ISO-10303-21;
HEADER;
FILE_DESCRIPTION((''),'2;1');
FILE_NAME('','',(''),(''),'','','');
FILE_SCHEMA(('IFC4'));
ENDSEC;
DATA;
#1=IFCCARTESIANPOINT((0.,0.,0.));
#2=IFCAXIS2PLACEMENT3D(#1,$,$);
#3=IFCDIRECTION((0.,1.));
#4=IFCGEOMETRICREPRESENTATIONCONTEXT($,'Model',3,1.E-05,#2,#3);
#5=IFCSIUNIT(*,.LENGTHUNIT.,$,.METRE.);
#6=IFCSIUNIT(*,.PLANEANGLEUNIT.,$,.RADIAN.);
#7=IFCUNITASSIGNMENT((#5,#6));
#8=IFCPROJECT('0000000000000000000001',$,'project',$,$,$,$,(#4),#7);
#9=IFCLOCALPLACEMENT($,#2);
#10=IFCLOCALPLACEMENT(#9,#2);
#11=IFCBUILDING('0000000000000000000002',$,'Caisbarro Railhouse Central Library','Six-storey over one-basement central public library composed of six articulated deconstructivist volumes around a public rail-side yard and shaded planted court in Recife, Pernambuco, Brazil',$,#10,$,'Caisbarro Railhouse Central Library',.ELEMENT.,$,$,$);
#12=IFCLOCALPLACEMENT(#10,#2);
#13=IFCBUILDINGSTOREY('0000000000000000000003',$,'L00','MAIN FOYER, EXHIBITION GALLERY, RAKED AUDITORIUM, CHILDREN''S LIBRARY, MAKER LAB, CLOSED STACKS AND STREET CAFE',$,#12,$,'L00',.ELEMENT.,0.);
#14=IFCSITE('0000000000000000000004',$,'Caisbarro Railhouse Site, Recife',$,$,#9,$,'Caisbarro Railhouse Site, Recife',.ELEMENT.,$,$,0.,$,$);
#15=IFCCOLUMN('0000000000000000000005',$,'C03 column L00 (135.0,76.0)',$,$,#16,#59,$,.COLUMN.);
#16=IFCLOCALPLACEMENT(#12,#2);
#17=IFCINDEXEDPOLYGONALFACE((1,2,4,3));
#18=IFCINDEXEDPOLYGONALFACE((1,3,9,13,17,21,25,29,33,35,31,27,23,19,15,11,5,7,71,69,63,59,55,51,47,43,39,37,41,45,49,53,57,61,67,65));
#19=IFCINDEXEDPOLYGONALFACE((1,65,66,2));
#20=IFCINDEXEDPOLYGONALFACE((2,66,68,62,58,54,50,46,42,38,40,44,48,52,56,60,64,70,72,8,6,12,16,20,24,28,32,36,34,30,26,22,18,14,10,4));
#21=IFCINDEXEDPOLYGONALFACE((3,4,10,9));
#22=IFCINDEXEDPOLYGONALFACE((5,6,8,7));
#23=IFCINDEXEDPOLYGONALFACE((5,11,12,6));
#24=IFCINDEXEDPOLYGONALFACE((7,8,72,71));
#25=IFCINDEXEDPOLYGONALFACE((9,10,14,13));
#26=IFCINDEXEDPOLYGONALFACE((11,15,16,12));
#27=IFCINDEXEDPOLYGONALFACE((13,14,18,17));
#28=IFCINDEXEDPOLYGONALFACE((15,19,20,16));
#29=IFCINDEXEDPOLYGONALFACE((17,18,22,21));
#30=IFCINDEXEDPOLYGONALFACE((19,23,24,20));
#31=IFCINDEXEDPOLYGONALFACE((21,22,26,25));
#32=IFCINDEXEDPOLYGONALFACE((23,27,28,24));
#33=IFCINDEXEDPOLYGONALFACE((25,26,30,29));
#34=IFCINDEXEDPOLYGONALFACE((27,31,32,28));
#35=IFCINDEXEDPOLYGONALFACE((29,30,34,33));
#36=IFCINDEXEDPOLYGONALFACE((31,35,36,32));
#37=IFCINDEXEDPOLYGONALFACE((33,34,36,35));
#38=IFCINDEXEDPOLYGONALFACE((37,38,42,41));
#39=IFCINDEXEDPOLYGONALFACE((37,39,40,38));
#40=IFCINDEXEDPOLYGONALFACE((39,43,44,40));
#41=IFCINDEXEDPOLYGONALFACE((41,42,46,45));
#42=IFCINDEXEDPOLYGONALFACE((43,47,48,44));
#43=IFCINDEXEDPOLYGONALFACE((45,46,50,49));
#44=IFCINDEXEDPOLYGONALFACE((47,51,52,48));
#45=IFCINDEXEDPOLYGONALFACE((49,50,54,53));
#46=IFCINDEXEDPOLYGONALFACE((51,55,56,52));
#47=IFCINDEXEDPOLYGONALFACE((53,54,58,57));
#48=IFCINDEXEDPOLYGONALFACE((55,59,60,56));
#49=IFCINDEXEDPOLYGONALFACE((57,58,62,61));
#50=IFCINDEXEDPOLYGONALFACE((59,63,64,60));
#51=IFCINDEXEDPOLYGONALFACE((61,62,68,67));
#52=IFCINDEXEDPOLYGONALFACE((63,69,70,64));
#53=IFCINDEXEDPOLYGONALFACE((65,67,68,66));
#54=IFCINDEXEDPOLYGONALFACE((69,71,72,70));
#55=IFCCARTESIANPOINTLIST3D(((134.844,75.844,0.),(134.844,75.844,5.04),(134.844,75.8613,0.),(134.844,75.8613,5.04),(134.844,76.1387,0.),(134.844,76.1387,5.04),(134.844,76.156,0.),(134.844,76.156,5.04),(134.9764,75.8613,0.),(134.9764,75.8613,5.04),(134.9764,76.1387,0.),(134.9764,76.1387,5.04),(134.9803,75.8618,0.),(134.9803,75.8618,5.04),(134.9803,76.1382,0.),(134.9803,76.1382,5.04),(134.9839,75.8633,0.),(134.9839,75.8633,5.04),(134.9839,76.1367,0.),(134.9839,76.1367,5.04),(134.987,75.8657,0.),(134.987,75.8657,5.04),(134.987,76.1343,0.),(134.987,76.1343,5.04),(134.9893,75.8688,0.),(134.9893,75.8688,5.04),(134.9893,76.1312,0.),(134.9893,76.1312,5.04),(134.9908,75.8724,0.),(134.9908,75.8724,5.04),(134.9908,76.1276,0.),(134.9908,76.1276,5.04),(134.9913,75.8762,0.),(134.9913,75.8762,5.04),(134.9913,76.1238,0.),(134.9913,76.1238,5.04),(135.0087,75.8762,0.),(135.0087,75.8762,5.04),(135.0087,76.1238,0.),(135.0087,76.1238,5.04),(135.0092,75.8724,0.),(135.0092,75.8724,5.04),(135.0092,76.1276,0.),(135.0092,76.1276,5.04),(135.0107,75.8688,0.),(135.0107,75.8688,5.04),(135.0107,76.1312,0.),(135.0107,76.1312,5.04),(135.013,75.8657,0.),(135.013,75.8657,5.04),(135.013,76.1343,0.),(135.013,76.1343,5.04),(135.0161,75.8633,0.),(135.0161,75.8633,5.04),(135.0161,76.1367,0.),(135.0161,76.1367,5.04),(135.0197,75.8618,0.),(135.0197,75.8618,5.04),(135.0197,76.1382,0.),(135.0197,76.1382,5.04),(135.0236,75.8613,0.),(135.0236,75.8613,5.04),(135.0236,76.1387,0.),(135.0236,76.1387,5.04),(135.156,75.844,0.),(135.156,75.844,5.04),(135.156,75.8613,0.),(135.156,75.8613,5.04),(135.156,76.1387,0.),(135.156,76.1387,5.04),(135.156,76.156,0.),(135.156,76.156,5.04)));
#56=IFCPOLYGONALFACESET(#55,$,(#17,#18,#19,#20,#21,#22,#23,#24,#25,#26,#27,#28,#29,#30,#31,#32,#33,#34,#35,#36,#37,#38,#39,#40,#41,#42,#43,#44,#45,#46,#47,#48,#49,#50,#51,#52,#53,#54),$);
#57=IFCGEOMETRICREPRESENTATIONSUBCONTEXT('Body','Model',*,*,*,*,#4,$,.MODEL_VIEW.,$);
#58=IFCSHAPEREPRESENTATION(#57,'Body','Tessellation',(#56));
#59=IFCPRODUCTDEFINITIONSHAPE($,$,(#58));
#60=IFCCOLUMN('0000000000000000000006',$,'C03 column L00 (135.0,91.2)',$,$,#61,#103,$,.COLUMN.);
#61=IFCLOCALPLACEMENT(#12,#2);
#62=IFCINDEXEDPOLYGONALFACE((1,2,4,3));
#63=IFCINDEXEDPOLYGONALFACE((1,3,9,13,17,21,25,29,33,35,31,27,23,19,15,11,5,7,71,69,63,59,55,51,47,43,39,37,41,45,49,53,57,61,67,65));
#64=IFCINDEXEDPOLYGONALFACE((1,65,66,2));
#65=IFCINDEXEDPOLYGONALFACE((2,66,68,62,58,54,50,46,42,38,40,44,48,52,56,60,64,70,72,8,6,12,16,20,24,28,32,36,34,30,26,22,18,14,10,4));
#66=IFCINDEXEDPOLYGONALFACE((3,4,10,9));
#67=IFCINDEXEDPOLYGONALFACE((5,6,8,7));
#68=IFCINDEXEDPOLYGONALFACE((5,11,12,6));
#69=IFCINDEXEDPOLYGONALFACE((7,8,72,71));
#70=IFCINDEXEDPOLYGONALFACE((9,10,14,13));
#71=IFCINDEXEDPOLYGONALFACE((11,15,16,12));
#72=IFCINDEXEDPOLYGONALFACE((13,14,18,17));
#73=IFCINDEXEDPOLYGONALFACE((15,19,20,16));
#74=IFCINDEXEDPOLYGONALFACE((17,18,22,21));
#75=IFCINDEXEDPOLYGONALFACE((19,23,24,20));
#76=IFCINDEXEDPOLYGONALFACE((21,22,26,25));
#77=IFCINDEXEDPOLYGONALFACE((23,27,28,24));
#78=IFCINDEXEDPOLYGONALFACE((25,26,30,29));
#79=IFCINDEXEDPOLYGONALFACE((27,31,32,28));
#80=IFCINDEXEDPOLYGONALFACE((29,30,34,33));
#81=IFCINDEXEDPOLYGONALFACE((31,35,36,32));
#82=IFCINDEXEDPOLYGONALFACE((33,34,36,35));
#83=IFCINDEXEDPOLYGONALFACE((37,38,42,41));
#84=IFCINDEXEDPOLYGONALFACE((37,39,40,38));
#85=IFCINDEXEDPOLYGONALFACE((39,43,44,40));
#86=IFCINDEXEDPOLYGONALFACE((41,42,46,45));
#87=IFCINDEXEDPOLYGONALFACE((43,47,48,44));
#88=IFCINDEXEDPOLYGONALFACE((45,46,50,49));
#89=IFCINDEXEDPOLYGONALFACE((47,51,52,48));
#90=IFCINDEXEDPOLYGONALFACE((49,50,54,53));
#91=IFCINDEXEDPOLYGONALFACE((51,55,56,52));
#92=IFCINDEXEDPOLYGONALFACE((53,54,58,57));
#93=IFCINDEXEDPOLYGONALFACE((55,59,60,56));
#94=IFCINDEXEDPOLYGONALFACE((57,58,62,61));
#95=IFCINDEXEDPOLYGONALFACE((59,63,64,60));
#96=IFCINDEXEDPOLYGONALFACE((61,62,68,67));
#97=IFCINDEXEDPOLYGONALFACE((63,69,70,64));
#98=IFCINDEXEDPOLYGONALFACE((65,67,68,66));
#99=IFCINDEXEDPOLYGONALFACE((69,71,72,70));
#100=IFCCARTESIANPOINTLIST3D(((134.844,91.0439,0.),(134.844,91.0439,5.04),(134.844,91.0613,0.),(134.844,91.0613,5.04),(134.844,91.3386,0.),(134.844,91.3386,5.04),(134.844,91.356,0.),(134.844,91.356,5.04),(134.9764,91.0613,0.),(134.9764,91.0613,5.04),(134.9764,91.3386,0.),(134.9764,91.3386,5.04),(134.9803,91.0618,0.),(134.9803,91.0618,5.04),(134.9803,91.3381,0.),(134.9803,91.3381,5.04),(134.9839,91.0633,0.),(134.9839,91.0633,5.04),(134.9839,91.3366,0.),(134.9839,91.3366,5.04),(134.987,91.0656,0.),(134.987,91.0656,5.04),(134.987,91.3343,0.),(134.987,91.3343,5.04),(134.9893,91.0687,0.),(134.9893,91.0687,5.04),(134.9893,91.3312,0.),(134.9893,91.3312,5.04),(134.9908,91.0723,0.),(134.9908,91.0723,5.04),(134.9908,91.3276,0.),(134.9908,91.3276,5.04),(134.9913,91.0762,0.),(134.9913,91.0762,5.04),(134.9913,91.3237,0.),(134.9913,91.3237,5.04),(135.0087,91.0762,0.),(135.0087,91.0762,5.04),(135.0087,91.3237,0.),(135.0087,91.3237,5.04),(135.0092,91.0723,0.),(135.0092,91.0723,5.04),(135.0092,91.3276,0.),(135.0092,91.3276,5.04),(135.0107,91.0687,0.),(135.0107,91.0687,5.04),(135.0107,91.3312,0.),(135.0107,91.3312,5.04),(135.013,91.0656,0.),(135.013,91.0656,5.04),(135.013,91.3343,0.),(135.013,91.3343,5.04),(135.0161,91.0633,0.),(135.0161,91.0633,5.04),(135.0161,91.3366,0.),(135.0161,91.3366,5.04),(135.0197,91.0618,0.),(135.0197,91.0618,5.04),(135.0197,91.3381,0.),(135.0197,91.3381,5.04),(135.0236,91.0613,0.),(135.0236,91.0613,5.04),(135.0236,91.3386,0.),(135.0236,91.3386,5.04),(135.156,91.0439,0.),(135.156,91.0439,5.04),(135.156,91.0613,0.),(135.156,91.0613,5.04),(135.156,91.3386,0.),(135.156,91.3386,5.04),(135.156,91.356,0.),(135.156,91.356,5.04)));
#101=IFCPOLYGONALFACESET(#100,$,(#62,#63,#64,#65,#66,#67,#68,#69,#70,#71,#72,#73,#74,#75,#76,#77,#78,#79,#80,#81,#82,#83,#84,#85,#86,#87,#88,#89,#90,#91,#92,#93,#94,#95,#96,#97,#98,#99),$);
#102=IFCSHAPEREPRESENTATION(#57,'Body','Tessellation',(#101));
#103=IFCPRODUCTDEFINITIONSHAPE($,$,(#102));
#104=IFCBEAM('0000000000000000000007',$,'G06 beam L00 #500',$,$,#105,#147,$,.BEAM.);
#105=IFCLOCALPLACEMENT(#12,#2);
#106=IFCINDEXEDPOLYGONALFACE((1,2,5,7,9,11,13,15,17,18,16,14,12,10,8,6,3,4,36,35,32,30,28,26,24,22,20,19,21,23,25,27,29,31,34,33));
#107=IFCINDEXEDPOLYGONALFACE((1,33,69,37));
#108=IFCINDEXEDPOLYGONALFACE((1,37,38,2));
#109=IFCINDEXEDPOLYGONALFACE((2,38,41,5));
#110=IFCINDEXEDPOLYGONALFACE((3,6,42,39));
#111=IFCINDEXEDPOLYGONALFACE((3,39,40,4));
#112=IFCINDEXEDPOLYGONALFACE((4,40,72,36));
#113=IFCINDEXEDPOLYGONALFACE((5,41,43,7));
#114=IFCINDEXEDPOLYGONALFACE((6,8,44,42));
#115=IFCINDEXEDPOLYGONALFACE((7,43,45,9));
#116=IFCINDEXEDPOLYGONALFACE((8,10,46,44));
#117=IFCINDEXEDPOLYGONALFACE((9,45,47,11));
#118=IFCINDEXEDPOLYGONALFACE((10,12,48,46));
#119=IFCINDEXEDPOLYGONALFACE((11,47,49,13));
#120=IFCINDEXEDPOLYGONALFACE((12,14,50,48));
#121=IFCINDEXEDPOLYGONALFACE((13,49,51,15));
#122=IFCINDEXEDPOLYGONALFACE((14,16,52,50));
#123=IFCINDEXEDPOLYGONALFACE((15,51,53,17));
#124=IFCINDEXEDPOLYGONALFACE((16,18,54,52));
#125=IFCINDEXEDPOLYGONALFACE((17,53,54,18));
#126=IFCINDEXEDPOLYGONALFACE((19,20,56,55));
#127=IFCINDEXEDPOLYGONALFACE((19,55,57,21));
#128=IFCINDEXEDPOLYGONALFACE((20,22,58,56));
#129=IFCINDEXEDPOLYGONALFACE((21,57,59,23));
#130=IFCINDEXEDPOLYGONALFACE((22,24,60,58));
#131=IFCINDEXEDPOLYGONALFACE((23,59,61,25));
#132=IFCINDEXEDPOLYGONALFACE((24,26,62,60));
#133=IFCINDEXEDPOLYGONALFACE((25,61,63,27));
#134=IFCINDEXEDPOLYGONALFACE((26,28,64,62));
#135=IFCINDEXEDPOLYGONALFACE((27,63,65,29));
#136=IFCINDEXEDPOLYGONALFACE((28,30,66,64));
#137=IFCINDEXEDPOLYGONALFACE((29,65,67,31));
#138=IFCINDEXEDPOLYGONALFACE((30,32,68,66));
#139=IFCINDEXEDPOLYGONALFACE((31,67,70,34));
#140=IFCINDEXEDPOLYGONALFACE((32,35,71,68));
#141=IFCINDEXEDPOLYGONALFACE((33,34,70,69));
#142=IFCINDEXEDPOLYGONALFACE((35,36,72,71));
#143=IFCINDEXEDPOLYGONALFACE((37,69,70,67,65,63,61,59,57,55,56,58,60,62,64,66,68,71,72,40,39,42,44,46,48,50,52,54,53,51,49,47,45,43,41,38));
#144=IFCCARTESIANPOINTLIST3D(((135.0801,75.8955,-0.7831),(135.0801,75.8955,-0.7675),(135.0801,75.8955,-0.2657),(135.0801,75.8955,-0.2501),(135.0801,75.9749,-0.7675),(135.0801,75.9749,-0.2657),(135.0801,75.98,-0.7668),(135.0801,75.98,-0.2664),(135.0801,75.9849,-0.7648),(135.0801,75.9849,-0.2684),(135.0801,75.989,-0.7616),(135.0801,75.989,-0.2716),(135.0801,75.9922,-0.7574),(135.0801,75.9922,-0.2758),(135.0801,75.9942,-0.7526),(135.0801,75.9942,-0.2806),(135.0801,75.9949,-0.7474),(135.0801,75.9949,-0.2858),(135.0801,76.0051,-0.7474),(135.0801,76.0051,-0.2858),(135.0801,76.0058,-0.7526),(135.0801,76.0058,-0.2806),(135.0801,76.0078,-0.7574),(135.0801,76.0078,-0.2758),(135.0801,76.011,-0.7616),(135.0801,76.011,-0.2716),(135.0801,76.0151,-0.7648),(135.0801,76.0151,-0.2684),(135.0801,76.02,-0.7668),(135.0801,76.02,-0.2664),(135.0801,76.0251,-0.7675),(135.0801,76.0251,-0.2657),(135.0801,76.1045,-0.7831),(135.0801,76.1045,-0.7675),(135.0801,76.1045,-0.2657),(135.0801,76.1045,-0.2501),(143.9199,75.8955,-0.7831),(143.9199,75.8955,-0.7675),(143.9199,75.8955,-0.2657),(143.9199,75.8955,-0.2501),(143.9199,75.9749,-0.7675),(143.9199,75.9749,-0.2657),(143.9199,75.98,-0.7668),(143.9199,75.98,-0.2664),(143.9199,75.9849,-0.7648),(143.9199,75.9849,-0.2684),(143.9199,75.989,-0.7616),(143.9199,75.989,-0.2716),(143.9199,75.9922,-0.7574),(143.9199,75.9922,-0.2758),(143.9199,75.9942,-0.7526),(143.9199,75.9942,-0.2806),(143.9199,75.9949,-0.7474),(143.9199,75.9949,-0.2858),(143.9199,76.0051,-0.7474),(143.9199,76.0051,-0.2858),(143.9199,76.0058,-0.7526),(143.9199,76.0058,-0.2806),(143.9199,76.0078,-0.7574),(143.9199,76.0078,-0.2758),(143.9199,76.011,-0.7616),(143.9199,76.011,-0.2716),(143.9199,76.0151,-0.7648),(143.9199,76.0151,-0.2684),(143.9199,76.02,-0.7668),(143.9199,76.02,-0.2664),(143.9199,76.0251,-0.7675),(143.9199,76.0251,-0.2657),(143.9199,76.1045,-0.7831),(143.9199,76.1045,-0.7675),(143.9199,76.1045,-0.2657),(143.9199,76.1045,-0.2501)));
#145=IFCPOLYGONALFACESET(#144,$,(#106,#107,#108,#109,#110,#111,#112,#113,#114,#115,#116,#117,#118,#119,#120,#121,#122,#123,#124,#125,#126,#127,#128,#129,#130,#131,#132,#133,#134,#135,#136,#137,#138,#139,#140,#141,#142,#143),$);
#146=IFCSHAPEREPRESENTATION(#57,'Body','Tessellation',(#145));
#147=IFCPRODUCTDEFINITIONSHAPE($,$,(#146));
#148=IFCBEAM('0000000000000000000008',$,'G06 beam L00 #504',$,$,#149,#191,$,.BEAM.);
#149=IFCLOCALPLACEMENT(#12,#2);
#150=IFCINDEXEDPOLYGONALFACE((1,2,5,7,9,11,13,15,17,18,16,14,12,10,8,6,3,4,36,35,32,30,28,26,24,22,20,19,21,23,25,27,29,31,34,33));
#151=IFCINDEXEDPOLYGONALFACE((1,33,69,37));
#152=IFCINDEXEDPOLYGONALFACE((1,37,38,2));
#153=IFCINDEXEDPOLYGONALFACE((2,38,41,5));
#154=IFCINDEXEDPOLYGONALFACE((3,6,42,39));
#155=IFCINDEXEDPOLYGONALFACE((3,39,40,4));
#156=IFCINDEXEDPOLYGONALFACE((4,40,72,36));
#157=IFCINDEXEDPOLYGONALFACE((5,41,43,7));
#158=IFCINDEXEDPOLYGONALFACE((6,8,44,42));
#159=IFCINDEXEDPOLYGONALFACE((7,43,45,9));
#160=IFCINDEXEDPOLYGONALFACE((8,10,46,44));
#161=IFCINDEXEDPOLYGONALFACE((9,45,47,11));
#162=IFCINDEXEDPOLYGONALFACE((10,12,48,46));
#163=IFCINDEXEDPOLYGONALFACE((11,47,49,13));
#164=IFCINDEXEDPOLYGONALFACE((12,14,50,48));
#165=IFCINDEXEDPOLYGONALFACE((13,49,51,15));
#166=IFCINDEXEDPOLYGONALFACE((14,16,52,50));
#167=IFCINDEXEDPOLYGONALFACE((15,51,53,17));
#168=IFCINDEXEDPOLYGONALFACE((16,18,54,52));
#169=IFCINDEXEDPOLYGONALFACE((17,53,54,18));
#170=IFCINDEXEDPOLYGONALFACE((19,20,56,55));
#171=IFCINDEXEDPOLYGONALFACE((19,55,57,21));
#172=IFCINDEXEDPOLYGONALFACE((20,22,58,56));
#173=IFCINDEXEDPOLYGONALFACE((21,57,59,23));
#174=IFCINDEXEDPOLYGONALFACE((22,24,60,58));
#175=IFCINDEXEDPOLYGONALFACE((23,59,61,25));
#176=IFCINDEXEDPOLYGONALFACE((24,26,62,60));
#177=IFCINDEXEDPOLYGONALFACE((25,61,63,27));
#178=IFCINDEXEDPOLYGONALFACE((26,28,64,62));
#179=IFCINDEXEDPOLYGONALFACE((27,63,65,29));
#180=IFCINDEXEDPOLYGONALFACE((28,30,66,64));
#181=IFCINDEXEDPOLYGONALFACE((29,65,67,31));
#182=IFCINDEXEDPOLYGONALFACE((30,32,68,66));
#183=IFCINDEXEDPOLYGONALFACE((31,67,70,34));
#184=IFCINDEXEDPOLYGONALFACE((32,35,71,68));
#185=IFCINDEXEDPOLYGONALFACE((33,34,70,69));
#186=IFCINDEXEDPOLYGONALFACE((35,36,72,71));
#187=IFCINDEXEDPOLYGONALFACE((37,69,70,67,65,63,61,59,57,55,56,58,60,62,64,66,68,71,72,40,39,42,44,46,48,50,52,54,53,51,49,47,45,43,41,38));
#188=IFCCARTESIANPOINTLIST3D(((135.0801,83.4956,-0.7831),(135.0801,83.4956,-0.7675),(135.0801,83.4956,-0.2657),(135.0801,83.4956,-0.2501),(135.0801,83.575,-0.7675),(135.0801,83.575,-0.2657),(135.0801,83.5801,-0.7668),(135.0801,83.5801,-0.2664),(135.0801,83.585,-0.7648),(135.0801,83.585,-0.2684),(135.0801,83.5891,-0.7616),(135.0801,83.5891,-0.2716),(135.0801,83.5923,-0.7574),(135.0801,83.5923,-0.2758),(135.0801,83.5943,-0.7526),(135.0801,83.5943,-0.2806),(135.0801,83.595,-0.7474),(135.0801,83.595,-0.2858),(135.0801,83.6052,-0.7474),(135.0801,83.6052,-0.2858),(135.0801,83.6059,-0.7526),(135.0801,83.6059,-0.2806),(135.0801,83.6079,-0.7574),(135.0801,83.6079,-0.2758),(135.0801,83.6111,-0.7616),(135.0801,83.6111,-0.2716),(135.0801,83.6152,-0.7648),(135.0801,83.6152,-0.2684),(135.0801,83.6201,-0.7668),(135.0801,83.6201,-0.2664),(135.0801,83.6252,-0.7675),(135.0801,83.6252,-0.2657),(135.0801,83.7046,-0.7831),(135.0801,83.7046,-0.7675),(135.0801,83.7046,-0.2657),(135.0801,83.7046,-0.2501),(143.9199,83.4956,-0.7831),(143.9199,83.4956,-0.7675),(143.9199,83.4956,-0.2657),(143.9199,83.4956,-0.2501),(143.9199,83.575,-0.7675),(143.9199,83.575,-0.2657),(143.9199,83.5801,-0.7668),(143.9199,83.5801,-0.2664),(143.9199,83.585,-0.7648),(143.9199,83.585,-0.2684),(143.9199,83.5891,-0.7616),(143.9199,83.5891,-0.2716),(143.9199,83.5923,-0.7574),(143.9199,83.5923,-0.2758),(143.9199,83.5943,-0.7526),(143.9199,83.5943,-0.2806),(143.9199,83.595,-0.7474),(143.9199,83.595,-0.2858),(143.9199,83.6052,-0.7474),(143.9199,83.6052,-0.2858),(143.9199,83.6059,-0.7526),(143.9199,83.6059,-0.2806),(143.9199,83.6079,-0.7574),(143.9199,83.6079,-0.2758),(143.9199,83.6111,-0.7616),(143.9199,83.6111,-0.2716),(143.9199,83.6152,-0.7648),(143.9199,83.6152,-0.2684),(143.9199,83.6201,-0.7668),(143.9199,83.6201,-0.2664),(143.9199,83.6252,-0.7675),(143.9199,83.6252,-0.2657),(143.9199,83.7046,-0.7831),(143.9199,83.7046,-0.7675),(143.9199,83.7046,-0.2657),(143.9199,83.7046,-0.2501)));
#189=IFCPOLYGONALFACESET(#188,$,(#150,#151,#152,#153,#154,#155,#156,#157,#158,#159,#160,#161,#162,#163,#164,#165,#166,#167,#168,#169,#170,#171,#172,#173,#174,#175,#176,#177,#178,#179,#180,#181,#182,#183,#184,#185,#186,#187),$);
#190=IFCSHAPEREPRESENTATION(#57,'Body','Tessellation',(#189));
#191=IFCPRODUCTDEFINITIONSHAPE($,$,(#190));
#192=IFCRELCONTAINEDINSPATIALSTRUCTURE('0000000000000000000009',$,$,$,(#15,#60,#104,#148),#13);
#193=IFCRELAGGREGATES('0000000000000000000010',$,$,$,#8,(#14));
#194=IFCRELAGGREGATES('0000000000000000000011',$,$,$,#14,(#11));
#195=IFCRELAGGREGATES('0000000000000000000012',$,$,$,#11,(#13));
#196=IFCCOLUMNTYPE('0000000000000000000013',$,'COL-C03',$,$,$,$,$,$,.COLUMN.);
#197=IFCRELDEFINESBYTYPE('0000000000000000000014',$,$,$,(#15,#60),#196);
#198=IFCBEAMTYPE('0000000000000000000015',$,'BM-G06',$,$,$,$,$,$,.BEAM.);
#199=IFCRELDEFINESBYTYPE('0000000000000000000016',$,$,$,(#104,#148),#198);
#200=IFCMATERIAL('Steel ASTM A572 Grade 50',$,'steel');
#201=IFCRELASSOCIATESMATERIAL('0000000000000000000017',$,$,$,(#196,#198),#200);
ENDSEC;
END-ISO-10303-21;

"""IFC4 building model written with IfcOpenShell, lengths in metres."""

from ifc_helpers import new_model, si_unit, direction, frame, origin, origin_2d, place, context, subcontext, project, spatial, i_section, extrude, material, material_profile, profile_set, type_object, element, save


model = new_model("IFC4")

# Units and contexts
model_context = context("Model", 3, precision=1e-05, world=origin(), true_north=direction((0.0, 1.0)))
body_context = subcontext(model_context, "Body", "Model", "MODEL_VIEW")
ifc_project = project(units=[si_unit("LENGTHUNIT", "METRE"), si_unit("PLANEANGLEUNIT", "RADIAN")], contexts=[model_context])

# Site, building, storey
site_placement = place(None, origin())
site = spatial("IfcSite", under=ifc_project, at=site_placement, Name="Caisbarro Railhouse Site, Recife", LongName="Caisbarro Railhouse Site, Recife", CompositionType="ELEMENT", RefElevation=0.0)
building_placement = place(site_placement, origin())
building = spatial("IfcBuilding", under=site, at=building_placement, Name="Caisbarro Railhouse Central Library", Description="Six-storey over one-basement central public library composed of six articulated deconstructivist volumes around a public rail-side yard and shaded planted court in Recife, Pernambuco, Brazil", LongName="Caisbarro Railhouse Central Library", CompositionType="ELEMENT")
storey_placement = place(building_placement, origin())
storey = spatial("IfcBuildingStorey", under=building, at=storey_placement, Name="L00", Description="MAIN FOYER, EXHIBITION GALLERY, RAKED AUDITORIUM, CHILDREN'S LIBRARY, MAKER LAB, CLOSED STACKS AND STREET CAFE", LongName="L00", CompositionType="ELEMENT", Elevation=0.0)

# Columns
ifc_material_1 = material(Name="Steel ASTM A572 Grade 50", Category="steel")
ifc_material_profile_1 = material_profile(ifc_material_1, i_section(OverallWidth=0.312, OverallDepth=0.312, WebThickness=0.0173, FlangeThickness=0.0173, FilletRadius=0.0149, at=origin_2d()), Name="HP310X125.0")
ifc_profile_set_1 = profile_set([ifc_material_profile_1], Name="Steel ASTM A572 Grade 50")
column_type = type_object("IfcColumnType", Name="COL-C03", PredefinedType="COLUMN", material=ifc_profile_set_1)
for number, where, z_axis, x_axis, name in (
    (1, (135.0, 76.0, 0.0), (0.0, 0.0, 1.0), (1.0, 0.0, 0.0), "C03 column L00 (135.0,76.0)"),
    (2, (135.0, 91.2, 0.0), (0.0, 0.0, 1.0), (1.0, 0.0, 0.0), "C03 column L00 (135.0,91.2)"),
):
    element("IfcColumn", number, at=place(storey_placement, frame(where, z_axis=z_axis, x_axis=x_axis)), inside=storey, type_object=column_type, Name=name, PredefinedType="COLUMN", context=body_context, shape_type="SweptSolid", body=[
        extrude(i_section(OverallWidth=0.312, OverallDepth=0.312, WebThickness=0.0173, FlangeThickness=0.0173, FilletRadius=0.0149, at=origin_2d()), origin(), (0.0, 0.0, 1.0), 5.04),
    ])

# Beams
ifc_material_profile_2 = material_profile(ifc_material_1, i_section(OverallWidth=0.209, OverallDepth=0.533, WebThickness=0.0103, FlangeThickness=0.0156, FilletRadius=0.02, at=origin_2d()), Name="W530X92.0")
ifc_profile_set_2 = profile_set([ifc_material_profile_2], Name="Steel ASTM A572 Grade 50")
beam_type_1 = type_object("IfcBeamType", Name="BM-G06", PredefinedType="BEAM", material=ifc_profile_set_2)
for number, where, z_axis, x_axis, name in (
    (3, (135.0801, 76.0, -0.5166), (1.0, 0.0, 0.0), (0.0, 1.0, 0.0), "G06 beam L00 #500"),
    (4, (135.0801, 83.6001, -0.5166), (1.0, 0.0, 0.0), (0.0, 1.0, 0.0), "G06 beam L00 #504"),
):
    element("IfcBeam", number, at=place(storey_placement, frame(where, z_axis=z_axis, x_axis=x_axis)), inside=storey, type_object=beam_type_1, Name=name, PredefinedType="BEAM", context=body_context, shape_type="SweptSolid", body=[
        extrude(i_section(OverallWidth=0.209, OverallDepth=0.533, WebThickness=0.0103, FlangeThickness=0.0156, FilletRadius=0.02, at=origin_2d()), origin(), (0.0, 0.0, 1.0), 8.8398),
    ])

save(model, "model.ifc")
